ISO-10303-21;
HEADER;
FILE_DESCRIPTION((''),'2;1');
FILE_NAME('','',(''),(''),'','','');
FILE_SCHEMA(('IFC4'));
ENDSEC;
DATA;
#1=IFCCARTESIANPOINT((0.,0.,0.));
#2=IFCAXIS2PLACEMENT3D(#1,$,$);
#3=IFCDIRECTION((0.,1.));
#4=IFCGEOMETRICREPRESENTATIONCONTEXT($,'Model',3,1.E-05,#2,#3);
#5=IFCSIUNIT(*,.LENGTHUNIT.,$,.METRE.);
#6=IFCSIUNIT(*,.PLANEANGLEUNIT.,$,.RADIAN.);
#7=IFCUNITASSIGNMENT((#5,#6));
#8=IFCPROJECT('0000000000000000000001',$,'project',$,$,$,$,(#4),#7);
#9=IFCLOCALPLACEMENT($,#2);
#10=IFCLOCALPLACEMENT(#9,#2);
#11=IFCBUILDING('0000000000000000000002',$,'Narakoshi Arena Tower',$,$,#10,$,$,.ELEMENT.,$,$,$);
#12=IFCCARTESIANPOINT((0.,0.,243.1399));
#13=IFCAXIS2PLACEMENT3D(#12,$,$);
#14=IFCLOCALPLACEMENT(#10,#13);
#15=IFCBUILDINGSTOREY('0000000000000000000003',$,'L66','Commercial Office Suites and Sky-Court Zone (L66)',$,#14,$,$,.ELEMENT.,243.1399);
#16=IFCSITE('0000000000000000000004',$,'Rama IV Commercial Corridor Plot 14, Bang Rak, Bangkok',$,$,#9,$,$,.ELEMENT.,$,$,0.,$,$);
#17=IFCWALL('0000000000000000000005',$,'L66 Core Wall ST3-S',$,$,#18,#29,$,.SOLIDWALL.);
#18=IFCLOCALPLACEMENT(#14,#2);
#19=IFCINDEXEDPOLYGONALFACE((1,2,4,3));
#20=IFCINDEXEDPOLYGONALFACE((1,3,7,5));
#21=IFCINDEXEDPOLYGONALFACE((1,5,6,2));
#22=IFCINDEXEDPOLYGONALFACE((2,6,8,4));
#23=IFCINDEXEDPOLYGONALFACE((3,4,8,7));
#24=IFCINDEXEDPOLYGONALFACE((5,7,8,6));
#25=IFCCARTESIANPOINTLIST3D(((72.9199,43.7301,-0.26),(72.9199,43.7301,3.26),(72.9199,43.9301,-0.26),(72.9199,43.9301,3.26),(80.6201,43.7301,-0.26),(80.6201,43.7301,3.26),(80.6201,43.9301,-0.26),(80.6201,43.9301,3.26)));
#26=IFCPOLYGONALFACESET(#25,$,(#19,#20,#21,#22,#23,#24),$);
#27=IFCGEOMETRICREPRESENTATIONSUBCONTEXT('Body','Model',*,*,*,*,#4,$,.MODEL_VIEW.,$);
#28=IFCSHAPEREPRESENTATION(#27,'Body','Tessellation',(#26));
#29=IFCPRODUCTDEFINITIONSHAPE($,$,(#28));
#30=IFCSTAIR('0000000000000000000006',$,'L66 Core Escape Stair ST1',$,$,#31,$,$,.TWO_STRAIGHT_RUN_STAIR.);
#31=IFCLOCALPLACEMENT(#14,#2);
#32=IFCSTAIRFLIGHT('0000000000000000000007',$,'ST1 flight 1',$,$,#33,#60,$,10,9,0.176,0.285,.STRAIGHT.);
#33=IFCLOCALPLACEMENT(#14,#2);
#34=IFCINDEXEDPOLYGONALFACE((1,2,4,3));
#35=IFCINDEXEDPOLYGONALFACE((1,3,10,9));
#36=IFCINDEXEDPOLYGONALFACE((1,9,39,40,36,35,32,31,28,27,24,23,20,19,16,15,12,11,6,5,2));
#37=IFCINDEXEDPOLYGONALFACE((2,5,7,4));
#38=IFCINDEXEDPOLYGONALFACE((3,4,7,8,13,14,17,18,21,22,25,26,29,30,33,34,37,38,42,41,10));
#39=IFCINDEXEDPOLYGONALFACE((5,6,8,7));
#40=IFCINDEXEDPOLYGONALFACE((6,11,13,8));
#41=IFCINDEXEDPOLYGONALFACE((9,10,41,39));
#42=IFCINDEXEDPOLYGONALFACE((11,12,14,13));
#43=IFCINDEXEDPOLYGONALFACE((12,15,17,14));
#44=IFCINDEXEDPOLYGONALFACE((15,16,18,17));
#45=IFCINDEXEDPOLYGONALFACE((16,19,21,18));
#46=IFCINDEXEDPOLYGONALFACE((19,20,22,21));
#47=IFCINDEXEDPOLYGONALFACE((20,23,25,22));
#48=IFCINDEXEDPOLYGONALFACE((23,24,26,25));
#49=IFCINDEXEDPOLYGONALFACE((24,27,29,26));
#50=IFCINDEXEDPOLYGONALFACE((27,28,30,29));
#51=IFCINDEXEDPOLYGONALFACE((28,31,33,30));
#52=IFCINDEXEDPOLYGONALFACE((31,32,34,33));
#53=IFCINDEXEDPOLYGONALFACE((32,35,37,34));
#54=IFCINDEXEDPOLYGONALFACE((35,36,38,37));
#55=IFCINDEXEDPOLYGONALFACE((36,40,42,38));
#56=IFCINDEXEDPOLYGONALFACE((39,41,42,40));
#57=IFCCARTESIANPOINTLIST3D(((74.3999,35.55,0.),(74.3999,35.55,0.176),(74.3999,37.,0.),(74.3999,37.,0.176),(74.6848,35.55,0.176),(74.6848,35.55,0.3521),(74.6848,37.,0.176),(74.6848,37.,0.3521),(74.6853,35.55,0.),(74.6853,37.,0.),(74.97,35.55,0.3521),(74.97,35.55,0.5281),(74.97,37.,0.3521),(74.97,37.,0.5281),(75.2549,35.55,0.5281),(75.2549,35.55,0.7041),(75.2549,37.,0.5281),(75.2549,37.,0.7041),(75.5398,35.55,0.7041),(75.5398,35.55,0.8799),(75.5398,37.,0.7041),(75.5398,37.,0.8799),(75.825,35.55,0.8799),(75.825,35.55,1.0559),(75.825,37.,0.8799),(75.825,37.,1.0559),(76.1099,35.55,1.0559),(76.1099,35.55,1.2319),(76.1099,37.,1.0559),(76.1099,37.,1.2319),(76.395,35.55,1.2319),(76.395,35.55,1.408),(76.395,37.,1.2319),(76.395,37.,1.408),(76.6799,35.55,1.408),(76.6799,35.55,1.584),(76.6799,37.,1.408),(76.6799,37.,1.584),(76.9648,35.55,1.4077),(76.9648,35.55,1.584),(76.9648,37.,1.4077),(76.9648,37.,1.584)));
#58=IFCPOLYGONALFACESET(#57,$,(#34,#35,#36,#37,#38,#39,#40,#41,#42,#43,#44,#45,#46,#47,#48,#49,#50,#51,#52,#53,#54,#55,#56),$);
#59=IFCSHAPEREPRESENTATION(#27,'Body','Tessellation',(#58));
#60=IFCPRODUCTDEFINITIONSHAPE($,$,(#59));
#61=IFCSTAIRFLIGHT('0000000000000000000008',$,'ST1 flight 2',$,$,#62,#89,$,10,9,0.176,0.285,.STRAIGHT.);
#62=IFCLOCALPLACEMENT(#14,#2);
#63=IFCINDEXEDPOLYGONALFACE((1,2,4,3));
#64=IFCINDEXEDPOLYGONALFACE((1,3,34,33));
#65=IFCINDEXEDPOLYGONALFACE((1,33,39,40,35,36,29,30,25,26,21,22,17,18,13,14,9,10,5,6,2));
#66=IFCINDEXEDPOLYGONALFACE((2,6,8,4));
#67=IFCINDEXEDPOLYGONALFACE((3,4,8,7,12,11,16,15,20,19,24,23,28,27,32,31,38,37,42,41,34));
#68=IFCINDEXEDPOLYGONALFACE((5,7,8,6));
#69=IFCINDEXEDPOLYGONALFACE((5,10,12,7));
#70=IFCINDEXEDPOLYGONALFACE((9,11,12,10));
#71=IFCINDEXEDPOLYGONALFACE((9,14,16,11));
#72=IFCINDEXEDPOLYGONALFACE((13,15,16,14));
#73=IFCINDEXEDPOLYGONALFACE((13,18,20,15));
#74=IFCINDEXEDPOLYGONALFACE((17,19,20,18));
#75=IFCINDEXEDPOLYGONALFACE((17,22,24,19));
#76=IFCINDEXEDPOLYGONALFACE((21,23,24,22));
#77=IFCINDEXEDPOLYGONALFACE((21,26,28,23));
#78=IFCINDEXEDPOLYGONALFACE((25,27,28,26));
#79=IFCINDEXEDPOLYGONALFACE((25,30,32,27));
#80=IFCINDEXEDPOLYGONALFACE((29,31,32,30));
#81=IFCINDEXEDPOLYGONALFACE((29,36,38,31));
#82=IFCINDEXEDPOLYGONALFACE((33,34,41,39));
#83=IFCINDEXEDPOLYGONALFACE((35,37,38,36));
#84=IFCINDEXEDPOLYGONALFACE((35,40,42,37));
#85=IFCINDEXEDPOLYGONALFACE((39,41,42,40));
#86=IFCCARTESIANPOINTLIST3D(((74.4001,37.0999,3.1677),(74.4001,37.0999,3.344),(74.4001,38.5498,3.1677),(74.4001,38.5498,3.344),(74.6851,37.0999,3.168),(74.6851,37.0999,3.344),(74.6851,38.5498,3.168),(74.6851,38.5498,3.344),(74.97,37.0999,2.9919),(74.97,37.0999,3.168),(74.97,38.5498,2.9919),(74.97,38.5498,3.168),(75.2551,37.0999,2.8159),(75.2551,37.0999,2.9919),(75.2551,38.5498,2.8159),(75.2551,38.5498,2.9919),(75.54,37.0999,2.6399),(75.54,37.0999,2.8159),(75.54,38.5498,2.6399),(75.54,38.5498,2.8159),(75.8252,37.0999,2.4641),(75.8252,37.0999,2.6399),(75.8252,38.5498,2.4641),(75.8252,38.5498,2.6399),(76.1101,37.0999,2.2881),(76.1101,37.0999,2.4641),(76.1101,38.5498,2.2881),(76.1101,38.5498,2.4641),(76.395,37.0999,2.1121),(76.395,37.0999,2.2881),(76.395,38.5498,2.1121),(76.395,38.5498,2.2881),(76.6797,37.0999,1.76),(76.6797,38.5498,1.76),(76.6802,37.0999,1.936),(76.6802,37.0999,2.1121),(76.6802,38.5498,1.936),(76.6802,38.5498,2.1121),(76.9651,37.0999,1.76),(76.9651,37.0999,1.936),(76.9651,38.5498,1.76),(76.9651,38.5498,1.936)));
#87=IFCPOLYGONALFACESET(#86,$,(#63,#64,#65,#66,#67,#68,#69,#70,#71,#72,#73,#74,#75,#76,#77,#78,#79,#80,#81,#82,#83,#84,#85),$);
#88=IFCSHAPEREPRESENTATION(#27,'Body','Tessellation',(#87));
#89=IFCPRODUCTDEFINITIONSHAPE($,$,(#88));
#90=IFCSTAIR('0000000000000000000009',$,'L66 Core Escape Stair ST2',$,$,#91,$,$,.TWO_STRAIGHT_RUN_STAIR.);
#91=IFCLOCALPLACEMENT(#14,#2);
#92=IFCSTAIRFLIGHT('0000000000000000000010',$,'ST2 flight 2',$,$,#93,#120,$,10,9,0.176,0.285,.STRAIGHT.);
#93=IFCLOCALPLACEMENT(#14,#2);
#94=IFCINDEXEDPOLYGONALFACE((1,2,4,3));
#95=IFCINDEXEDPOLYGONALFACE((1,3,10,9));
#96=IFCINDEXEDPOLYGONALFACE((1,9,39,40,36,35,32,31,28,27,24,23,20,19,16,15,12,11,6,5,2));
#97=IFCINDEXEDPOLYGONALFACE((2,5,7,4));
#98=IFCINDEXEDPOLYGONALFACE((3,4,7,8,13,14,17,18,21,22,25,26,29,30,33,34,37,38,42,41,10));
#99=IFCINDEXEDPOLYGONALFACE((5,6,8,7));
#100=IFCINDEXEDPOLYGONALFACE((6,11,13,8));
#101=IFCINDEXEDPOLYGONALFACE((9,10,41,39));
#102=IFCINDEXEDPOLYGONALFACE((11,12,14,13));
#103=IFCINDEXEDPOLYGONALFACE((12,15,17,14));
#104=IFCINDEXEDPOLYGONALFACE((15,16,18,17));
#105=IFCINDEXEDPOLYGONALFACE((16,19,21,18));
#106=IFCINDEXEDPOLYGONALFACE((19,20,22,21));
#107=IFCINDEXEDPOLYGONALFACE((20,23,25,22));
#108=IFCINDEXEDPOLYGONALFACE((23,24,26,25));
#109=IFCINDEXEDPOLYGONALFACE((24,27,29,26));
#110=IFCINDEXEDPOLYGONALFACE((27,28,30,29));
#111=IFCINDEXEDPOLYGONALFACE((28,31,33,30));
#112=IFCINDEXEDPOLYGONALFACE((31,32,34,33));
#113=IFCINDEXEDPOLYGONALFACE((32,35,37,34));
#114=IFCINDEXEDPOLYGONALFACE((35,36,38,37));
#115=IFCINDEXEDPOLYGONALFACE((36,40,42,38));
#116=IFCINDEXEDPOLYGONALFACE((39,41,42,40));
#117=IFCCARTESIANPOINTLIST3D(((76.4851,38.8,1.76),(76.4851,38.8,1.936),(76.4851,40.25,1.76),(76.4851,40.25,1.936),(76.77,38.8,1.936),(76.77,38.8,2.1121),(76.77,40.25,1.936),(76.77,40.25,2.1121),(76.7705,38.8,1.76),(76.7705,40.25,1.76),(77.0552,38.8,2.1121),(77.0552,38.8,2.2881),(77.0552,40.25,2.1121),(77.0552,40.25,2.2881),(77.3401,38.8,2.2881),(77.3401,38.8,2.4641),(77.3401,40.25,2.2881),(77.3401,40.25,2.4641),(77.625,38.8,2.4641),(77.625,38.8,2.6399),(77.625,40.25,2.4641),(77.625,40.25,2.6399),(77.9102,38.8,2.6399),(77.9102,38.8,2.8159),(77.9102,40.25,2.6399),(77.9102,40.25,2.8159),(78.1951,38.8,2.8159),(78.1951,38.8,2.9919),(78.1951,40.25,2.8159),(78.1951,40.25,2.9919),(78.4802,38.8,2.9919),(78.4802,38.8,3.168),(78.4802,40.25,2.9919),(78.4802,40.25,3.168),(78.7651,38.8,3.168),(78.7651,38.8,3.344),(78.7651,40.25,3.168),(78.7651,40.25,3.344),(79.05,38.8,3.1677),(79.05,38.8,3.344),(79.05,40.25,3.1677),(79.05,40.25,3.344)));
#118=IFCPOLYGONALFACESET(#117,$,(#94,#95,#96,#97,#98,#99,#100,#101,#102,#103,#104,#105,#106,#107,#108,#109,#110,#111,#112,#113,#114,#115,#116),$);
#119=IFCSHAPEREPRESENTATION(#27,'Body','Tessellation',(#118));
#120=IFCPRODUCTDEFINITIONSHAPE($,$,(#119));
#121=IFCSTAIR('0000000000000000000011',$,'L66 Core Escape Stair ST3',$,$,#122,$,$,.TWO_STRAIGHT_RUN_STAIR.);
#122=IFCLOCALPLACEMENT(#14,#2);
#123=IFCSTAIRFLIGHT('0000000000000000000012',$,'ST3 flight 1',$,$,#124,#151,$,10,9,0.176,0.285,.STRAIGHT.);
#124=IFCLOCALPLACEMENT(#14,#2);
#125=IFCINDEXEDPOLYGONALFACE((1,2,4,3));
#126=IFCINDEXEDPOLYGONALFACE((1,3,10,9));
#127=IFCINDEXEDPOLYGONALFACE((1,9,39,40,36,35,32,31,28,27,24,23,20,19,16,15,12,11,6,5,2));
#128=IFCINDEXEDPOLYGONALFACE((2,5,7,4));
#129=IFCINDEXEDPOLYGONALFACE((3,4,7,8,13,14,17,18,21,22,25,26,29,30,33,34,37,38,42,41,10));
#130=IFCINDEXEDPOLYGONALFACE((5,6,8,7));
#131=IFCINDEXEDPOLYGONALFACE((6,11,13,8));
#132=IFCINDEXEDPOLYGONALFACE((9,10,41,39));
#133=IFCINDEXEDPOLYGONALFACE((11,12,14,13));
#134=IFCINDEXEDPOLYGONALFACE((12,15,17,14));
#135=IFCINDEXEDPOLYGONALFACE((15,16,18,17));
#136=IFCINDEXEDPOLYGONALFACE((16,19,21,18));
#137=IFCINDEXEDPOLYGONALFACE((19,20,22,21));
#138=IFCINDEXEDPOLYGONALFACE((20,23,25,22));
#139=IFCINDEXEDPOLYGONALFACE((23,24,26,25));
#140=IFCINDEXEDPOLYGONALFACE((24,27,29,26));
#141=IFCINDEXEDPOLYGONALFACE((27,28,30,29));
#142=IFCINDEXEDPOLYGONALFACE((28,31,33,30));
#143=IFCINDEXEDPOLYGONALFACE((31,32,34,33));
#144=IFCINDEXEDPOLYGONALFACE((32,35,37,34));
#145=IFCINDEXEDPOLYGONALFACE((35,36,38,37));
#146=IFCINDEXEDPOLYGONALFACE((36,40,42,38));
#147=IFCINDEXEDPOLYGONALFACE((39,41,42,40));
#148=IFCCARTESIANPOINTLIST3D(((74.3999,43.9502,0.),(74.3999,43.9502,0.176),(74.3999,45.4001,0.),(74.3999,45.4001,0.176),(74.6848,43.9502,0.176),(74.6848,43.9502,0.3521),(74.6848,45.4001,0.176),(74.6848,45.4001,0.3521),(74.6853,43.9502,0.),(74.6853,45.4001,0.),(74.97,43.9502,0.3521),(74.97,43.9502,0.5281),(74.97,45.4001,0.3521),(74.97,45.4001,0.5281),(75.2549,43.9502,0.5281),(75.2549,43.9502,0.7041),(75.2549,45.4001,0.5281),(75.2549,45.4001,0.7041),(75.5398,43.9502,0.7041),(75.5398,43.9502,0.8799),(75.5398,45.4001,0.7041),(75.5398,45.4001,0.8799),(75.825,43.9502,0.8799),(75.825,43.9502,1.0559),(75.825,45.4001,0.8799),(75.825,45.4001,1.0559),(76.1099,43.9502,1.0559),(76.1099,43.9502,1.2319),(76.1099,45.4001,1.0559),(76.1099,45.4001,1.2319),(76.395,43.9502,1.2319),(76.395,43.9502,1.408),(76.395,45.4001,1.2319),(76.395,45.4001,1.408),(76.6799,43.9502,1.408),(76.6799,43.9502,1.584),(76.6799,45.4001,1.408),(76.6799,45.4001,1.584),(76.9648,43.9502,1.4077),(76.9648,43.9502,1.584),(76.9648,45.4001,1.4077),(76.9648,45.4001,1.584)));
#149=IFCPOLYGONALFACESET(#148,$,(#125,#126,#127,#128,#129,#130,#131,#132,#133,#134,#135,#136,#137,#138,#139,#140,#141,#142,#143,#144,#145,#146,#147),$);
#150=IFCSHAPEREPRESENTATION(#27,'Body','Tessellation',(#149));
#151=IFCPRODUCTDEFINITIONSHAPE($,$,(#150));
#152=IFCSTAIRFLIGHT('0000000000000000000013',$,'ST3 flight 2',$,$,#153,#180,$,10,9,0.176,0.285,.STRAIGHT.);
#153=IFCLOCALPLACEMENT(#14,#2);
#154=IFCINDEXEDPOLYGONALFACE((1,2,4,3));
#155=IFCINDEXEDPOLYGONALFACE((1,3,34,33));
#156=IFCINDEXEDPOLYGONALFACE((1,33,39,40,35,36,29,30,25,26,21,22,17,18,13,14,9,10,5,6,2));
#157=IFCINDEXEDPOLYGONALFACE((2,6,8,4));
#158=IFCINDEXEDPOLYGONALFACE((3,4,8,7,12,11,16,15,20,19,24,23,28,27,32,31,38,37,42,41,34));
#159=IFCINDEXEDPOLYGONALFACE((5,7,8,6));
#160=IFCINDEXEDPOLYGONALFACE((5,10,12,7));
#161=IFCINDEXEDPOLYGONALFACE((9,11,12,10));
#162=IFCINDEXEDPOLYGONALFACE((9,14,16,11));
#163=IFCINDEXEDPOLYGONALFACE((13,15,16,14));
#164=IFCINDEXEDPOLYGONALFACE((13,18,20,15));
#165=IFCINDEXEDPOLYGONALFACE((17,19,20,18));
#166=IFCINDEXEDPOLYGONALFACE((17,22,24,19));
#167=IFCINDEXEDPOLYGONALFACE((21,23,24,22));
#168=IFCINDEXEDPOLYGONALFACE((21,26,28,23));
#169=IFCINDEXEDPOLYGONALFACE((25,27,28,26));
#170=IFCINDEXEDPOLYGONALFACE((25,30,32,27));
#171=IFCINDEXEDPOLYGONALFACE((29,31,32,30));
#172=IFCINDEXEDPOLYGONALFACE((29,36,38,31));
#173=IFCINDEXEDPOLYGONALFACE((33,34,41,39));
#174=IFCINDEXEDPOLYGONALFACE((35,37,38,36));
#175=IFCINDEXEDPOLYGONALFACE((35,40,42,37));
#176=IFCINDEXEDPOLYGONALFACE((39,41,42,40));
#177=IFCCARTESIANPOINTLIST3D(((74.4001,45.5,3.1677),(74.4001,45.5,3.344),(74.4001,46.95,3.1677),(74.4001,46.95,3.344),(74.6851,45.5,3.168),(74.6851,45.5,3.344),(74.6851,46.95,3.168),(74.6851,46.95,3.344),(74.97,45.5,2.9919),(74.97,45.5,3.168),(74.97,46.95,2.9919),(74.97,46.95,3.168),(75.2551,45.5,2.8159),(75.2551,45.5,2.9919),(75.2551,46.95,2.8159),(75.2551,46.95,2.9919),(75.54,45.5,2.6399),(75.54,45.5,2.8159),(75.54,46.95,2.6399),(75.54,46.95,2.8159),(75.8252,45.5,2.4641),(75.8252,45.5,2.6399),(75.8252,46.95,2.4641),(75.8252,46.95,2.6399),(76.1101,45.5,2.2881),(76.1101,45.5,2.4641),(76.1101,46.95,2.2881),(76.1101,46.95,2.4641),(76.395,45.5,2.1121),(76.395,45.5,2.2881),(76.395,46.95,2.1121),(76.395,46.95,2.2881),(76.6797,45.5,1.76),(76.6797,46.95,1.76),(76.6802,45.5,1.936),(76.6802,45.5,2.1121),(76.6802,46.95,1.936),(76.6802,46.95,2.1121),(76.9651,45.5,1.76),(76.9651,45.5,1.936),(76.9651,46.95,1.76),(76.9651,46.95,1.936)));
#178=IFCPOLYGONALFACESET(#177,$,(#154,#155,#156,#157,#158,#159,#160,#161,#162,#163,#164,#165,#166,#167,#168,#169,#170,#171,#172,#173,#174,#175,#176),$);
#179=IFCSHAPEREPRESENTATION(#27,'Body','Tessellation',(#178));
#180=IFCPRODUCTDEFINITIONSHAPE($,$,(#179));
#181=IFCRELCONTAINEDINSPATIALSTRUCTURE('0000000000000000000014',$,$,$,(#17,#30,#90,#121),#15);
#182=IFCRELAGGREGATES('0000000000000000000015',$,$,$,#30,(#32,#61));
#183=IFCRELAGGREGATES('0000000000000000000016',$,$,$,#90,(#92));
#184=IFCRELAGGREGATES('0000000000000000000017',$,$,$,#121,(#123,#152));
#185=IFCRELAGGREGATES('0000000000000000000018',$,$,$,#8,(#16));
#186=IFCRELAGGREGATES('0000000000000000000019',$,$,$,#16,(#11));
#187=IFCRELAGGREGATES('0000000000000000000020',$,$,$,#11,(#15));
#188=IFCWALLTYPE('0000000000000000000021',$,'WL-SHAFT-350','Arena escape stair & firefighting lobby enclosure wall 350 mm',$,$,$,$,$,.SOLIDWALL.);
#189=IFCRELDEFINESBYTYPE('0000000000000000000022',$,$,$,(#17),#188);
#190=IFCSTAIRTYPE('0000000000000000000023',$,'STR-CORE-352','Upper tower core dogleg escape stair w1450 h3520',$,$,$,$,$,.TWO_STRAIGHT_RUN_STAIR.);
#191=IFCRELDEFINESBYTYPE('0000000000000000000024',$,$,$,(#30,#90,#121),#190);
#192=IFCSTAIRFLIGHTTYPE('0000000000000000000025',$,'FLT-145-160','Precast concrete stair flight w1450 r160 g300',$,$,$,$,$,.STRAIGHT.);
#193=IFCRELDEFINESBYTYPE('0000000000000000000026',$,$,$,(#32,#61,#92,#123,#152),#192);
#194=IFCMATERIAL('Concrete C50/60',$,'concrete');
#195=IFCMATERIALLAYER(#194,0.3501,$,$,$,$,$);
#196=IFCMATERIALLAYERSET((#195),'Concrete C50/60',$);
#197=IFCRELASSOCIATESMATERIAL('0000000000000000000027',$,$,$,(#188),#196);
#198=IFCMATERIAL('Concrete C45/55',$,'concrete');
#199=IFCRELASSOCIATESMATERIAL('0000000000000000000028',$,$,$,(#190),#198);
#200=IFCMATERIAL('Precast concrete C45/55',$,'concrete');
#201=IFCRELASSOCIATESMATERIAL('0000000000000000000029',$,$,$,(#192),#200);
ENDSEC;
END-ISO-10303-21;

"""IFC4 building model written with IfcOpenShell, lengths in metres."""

from ifc_helpers import new_model, si_unit, direction, frame, frame_2d, origin, place, context, subcontext, project, spatial, polyline, rectangle, outline, extrude, material, layer, layer_set, type_object, element, aggregate, save


model = new_model("IFC4")

# Units and contexts
model_context = context("Model", 3, precision=1e-05, world=origin(), true_north=direction((0.0, 1.0)))
body_context = subcontext(model_context, "Body", "Model", "MODEL_VIEW")
ifc_project = project(units=[si_unit("LENGTHUNIT", "METRE"), si_unit("PLANEANGLEUNIT", "RADIAN")], contexts=[model_context])

# Site, building, storey
site_placement = place(None, origin())
site = spatial("IfcSite", under=ifc_project, at=site_placement, Name="Rama IV Commercial Corridor Plot 14, Bang Rak, Bangkok", CompositionType="ELEMENT", RefElevation=0.0)
building_placement = place(site_placement, origin())
building = spatial("IfcBuilding", under=site, at=building_placement, Name="Narakoshi Arena Tower", CompositionType="ELEMENT")
storey_placement = place(building_placement, frame((0.0, 0.0, 243.1399)))
storey = spatial("IfcBuildingStorey", under=building, at=storey_placement, Name="L66", Description="Commercial Office Suites and Sky-Court Zone (L66)", CompositionType="ELEMENT", Elevation=243.1399)

# Shared definitions
ifc_material_1 = material(Name="Concrete C50/60", Category="concrete")

# Shared definitions
ifc_material_2 = material(Name="Precast concrete C45/55", Category="concrete")

# Wall
ifc_layer_1 = layer(ifc_material_1, 0.3501)
ifc_layer_set_1 = layer_set([ifc_layer_1], Name="Concrete C50/60")
wall_type_1 = type_object("IfcWallType", Name="WL-SHAFT-350", Description="Arena escape stair & firefighting lobby enclosure wall 350 mm", PredefinedType="SOLIDWALL", material=ifc_layer_set_1)
wall_1_placement = place(storey_placement, frame((72.9199, 43.8301, -0.26), z_axis=(0.0, 0.0, 1.0), x_axis=(1.0, 0.0, 0.0)))
element("IfcWall", 1, at=wall_1_placement, inside=storey, type_object=wall_type_1, Name="L66 Core Wall ST3-S", PredefinedType="SOLIDWALL", context=body_context, shape_type="SweptSolid", body=[
    extrude(rectangle(XDim=7.7002, YDim=0.2, at=frame_2d((3.8501, 0.0))), origin(), (0.0, 0.0, 1.0), 3.52),
])

# Stair, stair flights
ifc_material_3 = material(Name="Concrete C45/55", Category="concrete")
stair_type = type_object("IfcStairType", Name="STR-CORE-352", Description="Upper tower core dogleg escape stair w1450 h3520", PredefinedType="TWO_STRAIGHT_RUN_STAIR", material=ifc_material_3)
stair_1_placement = place(storey_placement, origin())
stair_1 = element("IfcStair", 2, at=stair_1_placement, inside=storey, type_object=stair_type, Name="L66 Core Escape Stair ST1", PredefinedType="TWO_STRAIGHT_RUN_STAIR")
stair_flight_type = type_object("IfcStairFlightType", Name="FLT-145-160", Description="Precast concrete stair flight w1450 r160 g300", PredefinedType="STRAIGHT", material=ifc_material_2)
stair_flight_1_placement = place(storey_placement, frame((74.3999, 36.2749, 0.0), z_axis=(0.0, 0.0, 1.0), x_axis=(1.0, 0.0, 0.0)))
stair_flight_1 = element("IfcStairFlight", 3, at=stair_flight_1_placement, type_object=stair_flight_type, Name="ST1 flight 1", NumberOfRisers=10, NumberOfTreads=9, PredefinedType="STRAIGHT", RiserHeight=0.176, TreadLength=0.285, context=body_context, shape_type="SweptSolid", body=[
    extrude(outline(polyline([(0.0, 0.0), (0.0, 0.176), (0.2849, 0.176), (0.2849, 0.3521), (0.5701, 0.3521), (0.5701, 0.5281), (0.855, 0.5281), (0.855, 0.7041), (1.1399, 0.7041), (1.1399, 0.8799), (1.425, 0.8799), (1.425, 1.0559), (1.71, 1.0559), (1.71, 1.2319), (1.9951, 1.2319), (1.9951, 1.408), (2.28, 1.408), (2.28, 1.584), (2.5649, 1.584), (2.5649, 1.76), (2.5649, 1.4077), (0.2854, 0.0), (0.0, 0.0)])), frame((0.0, 0.7251, 0.0), z_axis=(0.0, -1.0, 0.0), x_axis=(1.0, 0.0, 0.0)), (0.0, 0.0, 1.0), 1.45),
])
stair_flight_2_placement = place(storey_placement, frame((76.9651, 37.825, 1.76), z_axis=(0.0, 0.0, 1.0), x_axis=(-1.0, 0.0, 0.0)))
stair_flight_2 = element("IfcStairFlight", 4, at=stair_flight_2_placement, type_object=stair_flight_type, Name="ST1 flight 2", NumberOfRisers=10, NumberOfTreads=9, PredefinedType="STRAIGHT", RiserHeight=0.176, TreadLength=0.285, context=body_context, shape_type="SweptSolid", body=[
    extrude(outline(polyline([(0.0, 0.0), (0.0, 0.176), (0.2849, 0.176), (0.2849, 0.3521), (0.5701, 0.3521), (0.5701, 0.5281), (0.855, 0.5281), (0.855, 0.7041), (1.1399, 0.7041), (1.1399, 0.8799), (1.425, 0.8799), (1.425, 1.0559), (1.71, 1.0559), (1.71, 1.2319), (1.9951, 1.2319), (1.9951, 1.408), (2.28, 1.408), (2.28, 1.584), (2.5649, 1.584), (2.5649, 1.76), (2.5649, 1.4077), (0.2854, 0.0), (0.0, 0.0)])), frame((0.0, 0.7251, 0.0), z_axis=(0.0, -1.0, 0.0), x_axis=(1.0, 0.0, 0.0)), (0.0, 0.0, 1.0), 1.45),
])
aggregate(stair_1, [stair_flight_1, stair_flight_2])

# Stair, stair flight
stair_2_placement = place(storey_placement, origin())
stair_2 = element("IfcStair", 5, at=stair_2_placement, inside=storey, type_object=stair_type, Name="L66 Core Escape Stair ST2", PredefinedType="TWO_STRAIGHT_RUN_STAIR")
stair_flight_3_placement = place(storey_placement, frame((76.4851, 39.5249, 1.76), z_axis=(0.0, 0.0, 1.0), x_axis=(1.0, 0.0, 0.0)))
stair_flight_3 = element("IfcStairFlight", 6, at=stair_flight_3_placement, type_object=stair_flight_type, Name="ST2 flight 2", NumberOfRisers=10, NumberOfTreads=9, PredefinedType="STRAIGHT", RiserHeight=0.176, TreadLength=0.285, context=body_context, shape_type="SweptSolid", body=[
    extrude(outline(polyline([(0.0, 0.0), (0.0, 0.176), (0.2849, 0.176), (0.2849, 0.3521), (0.5701, 0.3521), (0.5701, 0.5281), (0.855, 0.5281), (0.855, 0.7041), (1.1399, 0.7041), (1.1399, 0.8799), (1.425, 0.8799), (1.425, 1.0559), (1.71, 1.0559), (1.71, 1.2319), (1.9951, 1.2319), (1.9951, 1.408), (2.28, 1.408), (2.28, 1.584), (2.5649, 1.584), (2.5649, 1.76), (2.5649, 1.4077), (0.2854, 0.0), (0.0, 0.0)])), frame((0.0, 0.7251, 0.0), z_axis=(0.0, -1.0, 0.0), x_axis=(1.0, 0.0, 0.0)), (0.0, 0.0, 1.0), 1.45),
])
aggregate(stair_2, [stair_flight_3])

# Stair, stair flights
stair_3_placement = place(storey_placement, origin())
stair_3 = element("IfcStair", 7, at=stair_3_placement, inside=storey, type_object=stair_type, Name="L66 Core Escape Stair ST3", PredefinedType="TWO_STRAIGHT_RUN_STAIR")
stair_flight_4_placement = place(storey_placement, frame((74.3999, 44.675, 0.0), z_axis=(0.0, 0.0, 1.0), x_axis=(1.0, 0.0, 0.0)))
stair_flight_4 = element("IfcStairFlight", 8, at=stair_flight_4_placement, type_object=stair_flight_type, Name="ST3 flight 1", NumberOfRisers=10, NumberOfTreads=9, PredefinedType="STRAIGHT", RiserHeight=0.176, TreadLength=0.285, context=body_context, shape_type="SweptSolid", body=[
    extrude(outline(polyline([(0.0, 0.0), (0.0, 0.176), (0.2849, 0.176), (0.2849, 0.3521), (0.5701, 0.3521), (0.5701, 0.5281), (0.855, 0.5281), (0.855, 0.7041), (1.1399, 0.7041), (1.1399, 0.8799), (1.425, 0.8799), (1.425, 1.0559), (1.71, 1.0559), (1.71, 1.2319), (1.9951, 1.2319), (1.9951, 1.408), (2.28, 1.408), (2.28, 1.584), (2.5649, 1.584), (2.5649, 1.76), (2.5649, 1.4077), (0.2854, 0.0), (0.0, 0.0)])), frame((0.0, 0.7251, 0.0), z_axis=(0.0, -1.0, 0.0), x_axis=(1.0, 0.0, 0.0)), (0.0, 0.0, 1.0), 1.45),
])
stair_flight_5_placement = place(storey_placement, frame((76.9651, 46.2251, 1.76), z_axis=(0.0, 0.0, 1.0), x_axis=(-1.0, 0.0, 0.0)))
stair_flight_5 = element("IfcStairFlight", 9, at=stair_flight_5_placement, type_object=stair_flight_type, Name="ST3 flight 2", NumberOfRisers=10, NumberOfTreads=9, PredefinedType="STRAIGHT", RiserHeight=0.176, TreadLength=0.285, context=body_context, shape_type="SweptSolid", body=[
    extrude(outline(polyline([(0.0, 0.0), (0.0, 0.176), (0.2849, 0.176), (0.2849, 0.3521), (0.5701, 0.3521), (0.5701, 0.5281), (0.855, 0.5281), (0.855, 0.7041), (1.1399, 0.7041), (1.1399, 0.8799), (1.425, 0.8799), (1.425, 1.0559), (1.71, 1.0559), (1.71, 1.2319), (1.9951, 1.2319), (1.9951, 1.408), (2.28, 1.408), (2.28, 1.584), (2.5649, 1.584), (2.5649, 1.76), (2.5649, 1.4077), (0.2854, 0.0), (0.0, 0.0)])), frame((0.0, 0.7251, 0.0), z_axis=(0.0, -1.0, 0.0), x_axis=(1.0, 0.0, 0.0)), (0.0, 0.0, 1.0), 1.45),
])
aggregate(stair_3, [stair_flight_4, stair_flight_5])

save(model, "model.ifc")
